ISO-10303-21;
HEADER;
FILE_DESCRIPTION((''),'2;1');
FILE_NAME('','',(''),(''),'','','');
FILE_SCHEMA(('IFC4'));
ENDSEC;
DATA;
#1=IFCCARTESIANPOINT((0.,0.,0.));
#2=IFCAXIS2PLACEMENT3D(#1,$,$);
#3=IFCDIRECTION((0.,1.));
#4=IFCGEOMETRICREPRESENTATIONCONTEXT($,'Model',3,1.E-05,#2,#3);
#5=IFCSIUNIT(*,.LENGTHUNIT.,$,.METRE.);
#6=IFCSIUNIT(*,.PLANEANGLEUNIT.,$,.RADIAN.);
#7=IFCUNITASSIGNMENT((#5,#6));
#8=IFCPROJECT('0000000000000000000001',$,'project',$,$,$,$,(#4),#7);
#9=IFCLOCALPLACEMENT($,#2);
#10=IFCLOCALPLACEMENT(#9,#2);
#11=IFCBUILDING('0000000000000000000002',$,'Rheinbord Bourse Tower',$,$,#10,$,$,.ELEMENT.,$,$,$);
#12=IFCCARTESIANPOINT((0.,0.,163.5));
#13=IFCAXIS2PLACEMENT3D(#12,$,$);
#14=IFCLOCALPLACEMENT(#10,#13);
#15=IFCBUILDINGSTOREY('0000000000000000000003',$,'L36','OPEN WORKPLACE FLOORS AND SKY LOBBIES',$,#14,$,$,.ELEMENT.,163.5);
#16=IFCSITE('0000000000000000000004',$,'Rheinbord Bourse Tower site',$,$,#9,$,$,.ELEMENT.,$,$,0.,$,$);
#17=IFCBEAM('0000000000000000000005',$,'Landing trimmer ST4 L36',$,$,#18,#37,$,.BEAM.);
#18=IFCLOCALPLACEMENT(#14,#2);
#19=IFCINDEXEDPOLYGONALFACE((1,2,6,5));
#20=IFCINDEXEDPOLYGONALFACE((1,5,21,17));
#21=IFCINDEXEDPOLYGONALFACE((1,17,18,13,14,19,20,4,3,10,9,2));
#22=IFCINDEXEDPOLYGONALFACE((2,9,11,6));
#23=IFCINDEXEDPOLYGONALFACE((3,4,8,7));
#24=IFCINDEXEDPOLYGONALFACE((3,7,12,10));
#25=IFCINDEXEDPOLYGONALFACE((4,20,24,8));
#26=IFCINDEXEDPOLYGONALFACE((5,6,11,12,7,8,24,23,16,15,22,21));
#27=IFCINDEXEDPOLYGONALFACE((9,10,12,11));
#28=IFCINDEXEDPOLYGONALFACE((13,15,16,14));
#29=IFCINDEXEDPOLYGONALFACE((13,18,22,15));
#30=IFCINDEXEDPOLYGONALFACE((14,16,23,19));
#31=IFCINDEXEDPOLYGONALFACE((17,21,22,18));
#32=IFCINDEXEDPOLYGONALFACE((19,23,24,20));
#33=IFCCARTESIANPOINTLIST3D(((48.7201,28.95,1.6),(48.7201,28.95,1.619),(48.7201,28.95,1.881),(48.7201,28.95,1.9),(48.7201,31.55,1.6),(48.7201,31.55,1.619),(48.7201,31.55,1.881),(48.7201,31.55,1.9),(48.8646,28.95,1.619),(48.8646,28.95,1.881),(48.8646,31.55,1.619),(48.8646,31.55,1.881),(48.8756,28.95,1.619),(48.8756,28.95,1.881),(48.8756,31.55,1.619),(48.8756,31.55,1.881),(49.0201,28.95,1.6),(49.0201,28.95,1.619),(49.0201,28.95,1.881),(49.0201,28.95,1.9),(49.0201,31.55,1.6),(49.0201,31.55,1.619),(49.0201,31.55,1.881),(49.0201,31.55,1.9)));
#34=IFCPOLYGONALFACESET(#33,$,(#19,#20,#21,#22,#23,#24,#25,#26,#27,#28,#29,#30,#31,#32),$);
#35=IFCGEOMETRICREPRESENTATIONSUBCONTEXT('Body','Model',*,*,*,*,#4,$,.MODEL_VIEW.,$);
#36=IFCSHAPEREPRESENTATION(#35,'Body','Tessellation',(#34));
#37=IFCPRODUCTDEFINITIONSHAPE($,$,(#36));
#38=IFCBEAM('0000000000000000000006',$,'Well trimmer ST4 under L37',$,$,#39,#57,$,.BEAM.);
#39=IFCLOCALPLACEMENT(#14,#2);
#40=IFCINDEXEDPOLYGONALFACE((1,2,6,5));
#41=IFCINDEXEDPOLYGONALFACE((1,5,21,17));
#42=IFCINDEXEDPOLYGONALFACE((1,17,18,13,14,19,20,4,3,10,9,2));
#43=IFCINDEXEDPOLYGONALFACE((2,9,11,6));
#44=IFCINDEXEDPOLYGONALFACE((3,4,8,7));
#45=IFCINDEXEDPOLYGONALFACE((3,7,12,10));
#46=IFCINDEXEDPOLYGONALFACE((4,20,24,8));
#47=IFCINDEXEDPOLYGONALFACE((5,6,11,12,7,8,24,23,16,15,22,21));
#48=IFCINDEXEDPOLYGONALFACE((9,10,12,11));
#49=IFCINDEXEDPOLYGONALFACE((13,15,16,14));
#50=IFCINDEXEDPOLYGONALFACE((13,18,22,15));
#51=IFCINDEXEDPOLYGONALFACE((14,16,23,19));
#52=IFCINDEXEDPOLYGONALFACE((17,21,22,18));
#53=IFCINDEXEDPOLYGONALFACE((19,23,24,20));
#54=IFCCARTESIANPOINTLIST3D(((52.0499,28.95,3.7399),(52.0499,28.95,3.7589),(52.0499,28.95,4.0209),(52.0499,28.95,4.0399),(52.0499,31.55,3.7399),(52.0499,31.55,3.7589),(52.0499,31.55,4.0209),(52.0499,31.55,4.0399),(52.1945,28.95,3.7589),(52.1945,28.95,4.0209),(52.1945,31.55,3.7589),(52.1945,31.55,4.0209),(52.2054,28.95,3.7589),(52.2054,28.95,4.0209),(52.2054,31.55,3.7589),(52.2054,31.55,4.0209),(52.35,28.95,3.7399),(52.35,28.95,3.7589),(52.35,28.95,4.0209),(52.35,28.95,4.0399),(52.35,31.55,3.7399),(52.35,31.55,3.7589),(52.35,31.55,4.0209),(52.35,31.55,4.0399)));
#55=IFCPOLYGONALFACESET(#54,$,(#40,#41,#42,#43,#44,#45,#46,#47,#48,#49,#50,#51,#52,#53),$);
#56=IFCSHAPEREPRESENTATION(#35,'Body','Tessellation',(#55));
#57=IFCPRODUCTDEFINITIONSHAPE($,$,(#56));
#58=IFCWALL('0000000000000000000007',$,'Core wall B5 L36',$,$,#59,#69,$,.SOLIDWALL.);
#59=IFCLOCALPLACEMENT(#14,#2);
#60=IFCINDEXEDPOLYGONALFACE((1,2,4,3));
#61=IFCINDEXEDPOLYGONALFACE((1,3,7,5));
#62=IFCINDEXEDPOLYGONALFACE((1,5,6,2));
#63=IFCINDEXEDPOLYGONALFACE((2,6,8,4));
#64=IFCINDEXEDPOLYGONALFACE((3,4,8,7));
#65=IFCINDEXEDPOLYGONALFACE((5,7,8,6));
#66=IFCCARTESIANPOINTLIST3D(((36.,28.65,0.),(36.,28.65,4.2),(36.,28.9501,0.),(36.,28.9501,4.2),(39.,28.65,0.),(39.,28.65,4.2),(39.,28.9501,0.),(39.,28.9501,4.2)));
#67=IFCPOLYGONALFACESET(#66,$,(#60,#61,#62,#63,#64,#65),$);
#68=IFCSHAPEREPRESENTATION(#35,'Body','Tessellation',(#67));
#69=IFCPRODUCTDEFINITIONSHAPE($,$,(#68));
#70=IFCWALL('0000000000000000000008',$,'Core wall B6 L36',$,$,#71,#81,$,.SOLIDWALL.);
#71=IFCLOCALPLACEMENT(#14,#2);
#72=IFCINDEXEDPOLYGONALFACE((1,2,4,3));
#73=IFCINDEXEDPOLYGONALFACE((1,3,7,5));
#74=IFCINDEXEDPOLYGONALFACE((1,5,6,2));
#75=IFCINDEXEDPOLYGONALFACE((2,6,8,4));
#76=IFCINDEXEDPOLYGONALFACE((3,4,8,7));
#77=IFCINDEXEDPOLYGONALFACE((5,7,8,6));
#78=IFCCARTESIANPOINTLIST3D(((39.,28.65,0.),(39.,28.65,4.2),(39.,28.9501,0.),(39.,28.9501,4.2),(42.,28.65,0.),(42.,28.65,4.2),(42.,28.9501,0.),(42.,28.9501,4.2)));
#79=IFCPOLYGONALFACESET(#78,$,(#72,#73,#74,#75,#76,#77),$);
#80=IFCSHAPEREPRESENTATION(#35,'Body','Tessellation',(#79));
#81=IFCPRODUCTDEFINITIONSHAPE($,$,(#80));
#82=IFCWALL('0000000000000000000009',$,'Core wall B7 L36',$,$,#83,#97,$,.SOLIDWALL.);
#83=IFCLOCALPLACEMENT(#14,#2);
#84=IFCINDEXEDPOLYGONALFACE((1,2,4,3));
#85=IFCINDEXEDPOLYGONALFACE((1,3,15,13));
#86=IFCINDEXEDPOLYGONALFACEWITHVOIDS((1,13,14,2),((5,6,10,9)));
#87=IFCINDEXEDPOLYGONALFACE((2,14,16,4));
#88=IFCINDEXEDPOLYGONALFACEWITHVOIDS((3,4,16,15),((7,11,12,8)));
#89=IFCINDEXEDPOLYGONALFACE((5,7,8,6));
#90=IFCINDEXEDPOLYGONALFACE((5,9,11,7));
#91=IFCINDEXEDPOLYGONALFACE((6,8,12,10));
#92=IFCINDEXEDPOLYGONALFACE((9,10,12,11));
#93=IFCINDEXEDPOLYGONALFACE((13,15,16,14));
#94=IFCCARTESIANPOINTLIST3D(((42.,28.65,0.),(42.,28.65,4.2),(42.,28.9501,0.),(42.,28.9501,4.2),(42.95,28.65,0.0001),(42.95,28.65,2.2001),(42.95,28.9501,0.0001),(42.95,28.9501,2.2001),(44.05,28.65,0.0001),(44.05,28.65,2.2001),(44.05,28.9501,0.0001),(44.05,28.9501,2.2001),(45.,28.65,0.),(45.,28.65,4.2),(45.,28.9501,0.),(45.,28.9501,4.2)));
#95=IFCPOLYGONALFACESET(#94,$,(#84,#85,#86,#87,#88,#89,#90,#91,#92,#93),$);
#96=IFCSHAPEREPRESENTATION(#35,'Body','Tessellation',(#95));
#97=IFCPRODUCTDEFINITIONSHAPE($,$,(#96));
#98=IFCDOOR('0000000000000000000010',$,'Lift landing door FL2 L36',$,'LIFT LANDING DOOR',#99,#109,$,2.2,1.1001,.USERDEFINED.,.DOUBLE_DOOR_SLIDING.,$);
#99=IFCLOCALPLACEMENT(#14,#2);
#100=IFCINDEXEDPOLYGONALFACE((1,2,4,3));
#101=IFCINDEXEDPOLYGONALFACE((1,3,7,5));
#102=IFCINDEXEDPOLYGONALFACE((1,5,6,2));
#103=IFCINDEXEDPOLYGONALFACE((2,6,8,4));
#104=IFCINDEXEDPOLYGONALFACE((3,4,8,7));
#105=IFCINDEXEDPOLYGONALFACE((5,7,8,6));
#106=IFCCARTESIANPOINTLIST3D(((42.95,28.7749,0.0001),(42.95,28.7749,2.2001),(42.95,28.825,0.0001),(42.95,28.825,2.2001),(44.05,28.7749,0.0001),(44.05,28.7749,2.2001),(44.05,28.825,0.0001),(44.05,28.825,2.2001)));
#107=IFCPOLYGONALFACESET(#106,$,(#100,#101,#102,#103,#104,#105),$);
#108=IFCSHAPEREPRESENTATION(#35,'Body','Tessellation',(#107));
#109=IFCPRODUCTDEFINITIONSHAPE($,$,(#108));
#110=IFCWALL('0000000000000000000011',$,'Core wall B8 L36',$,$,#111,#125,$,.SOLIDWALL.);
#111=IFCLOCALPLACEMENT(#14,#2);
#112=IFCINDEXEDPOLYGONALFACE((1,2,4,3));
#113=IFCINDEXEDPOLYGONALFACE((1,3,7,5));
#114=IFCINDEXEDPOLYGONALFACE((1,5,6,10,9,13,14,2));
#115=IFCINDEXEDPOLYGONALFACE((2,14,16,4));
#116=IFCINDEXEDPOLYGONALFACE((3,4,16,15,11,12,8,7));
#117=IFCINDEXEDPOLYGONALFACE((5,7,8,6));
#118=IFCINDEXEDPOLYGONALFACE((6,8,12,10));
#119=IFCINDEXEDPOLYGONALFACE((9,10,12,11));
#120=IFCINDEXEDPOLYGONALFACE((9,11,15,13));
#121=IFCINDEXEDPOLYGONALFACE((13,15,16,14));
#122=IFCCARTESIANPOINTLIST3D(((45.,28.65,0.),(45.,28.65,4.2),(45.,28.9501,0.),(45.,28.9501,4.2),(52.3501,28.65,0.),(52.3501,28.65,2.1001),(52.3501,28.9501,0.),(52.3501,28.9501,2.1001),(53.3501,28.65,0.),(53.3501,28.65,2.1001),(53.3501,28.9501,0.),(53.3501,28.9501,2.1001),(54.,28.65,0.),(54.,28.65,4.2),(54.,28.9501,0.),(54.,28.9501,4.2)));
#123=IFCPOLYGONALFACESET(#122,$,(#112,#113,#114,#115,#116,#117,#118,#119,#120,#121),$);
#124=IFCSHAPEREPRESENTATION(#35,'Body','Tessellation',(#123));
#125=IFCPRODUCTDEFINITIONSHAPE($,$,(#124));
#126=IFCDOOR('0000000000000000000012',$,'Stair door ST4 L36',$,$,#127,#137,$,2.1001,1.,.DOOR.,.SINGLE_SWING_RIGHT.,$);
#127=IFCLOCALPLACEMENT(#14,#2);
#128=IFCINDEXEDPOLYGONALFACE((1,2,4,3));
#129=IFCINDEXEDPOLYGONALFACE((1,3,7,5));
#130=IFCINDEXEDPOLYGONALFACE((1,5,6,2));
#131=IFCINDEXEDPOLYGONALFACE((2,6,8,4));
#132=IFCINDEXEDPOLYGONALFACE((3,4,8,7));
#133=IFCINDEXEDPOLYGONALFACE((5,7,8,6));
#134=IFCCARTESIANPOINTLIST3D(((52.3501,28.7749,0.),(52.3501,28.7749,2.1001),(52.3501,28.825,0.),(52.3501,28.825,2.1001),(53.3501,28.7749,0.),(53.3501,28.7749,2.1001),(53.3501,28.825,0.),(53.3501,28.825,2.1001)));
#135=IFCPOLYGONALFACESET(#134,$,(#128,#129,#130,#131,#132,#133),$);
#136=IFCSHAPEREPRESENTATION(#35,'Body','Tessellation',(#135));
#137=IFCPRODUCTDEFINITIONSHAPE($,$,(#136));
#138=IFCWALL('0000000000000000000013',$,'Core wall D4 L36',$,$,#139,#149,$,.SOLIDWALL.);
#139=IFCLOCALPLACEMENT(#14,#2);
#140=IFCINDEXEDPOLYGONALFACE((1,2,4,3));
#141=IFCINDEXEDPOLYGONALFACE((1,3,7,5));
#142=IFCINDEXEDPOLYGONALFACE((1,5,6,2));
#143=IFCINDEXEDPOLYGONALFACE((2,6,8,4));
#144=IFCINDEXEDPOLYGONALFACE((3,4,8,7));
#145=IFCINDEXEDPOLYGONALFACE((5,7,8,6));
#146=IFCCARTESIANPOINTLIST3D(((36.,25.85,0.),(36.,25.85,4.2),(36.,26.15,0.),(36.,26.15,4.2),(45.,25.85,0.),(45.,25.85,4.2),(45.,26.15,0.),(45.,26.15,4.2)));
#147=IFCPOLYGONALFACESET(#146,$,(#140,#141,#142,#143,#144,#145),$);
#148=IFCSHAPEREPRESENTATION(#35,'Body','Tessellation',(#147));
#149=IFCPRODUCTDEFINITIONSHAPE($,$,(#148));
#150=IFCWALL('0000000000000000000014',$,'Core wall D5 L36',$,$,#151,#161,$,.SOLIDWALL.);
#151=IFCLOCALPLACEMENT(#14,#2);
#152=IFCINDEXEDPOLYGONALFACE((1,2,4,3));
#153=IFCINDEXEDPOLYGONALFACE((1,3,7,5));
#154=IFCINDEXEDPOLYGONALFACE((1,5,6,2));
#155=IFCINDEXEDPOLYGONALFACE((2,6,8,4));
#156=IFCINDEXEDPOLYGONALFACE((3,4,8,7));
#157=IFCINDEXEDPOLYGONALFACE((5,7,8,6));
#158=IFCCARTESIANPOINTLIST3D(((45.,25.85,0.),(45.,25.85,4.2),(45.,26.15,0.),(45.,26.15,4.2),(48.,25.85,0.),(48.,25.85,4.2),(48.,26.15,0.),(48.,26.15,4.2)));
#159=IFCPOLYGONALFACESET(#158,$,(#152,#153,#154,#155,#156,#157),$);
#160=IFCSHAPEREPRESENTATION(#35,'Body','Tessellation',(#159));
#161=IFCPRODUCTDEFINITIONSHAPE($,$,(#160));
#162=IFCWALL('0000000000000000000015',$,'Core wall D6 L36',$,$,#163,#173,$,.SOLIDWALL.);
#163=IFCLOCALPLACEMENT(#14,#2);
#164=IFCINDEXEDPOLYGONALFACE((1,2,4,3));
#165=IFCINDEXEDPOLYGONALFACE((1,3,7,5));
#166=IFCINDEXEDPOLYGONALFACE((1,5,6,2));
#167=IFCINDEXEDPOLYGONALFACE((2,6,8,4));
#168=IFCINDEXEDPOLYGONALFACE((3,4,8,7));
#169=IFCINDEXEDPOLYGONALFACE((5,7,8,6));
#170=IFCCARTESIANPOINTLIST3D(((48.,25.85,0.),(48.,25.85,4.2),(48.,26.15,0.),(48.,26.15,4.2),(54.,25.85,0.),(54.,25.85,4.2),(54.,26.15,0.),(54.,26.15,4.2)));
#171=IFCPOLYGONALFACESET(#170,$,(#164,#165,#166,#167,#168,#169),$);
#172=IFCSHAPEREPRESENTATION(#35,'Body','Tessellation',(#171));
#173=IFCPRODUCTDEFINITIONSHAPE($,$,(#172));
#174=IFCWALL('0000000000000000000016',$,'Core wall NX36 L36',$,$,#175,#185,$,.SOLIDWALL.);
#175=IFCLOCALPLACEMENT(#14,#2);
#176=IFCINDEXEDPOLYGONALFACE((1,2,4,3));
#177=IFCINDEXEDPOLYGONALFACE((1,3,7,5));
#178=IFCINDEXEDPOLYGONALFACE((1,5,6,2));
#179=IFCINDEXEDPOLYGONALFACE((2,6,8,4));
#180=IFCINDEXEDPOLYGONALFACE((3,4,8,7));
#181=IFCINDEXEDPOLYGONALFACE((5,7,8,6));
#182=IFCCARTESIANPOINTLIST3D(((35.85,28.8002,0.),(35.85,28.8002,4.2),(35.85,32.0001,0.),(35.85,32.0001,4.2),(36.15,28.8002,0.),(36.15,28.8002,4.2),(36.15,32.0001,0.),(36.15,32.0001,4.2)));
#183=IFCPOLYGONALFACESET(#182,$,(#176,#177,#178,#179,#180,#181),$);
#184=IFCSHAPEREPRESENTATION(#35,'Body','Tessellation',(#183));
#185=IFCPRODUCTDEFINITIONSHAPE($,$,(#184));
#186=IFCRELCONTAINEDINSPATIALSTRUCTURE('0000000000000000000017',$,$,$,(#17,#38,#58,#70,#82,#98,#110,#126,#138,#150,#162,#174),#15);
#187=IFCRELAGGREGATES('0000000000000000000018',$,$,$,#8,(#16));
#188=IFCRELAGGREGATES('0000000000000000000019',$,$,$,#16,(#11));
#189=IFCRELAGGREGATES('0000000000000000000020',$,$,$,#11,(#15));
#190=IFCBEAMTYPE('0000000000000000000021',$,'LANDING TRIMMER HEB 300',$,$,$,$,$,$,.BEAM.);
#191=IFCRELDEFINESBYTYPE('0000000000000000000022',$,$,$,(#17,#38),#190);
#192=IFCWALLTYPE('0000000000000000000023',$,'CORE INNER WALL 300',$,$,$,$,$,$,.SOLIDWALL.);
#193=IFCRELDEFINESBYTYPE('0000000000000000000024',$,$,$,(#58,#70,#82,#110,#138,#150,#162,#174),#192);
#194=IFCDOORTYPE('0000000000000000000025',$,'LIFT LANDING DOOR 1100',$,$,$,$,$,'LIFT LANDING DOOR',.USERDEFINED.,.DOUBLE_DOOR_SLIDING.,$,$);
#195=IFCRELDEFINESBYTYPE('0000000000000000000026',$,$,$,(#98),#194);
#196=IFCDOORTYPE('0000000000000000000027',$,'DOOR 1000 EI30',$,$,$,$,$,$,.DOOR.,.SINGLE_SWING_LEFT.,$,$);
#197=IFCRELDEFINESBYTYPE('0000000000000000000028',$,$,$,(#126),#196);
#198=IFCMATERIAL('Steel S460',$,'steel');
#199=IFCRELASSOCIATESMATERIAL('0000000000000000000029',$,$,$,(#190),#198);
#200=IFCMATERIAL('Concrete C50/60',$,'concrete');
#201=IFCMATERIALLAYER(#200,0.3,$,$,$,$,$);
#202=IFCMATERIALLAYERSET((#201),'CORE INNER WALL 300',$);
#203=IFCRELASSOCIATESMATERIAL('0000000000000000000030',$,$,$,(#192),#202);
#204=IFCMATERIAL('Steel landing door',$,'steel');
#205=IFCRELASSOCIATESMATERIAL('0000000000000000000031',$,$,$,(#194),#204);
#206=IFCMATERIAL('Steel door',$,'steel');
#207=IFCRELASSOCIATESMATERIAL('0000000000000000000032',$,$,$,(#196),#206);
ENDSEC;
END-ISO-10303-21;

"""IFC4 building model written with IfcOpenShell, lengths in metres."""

from ifc_helpers import new_model, si_unit, direction, frame, frame_2d, origin, origin_2d, place, context, subcontext, project, spatial, rectangle, i_section, extrude, material, layer, layer_set, material_profile, profile_set, type_object, element, fill, save


model = new_model("IFC4")

# Units and contexts
model_context = context("Model", 3, precision=1e-05, world=origin(), true_north=direction((0.0, 1.0)))
body_context = subcontext(model_context, "Body", "Model", "MODEL_VIEW")
ifc_project = project(units=[si_unit("LENGTHUNIT", "METRE"), si_unit("PLANEANGLEUNIT", "RADIAN")], contexts=[model_context])

# Site, building, storey
site_placement = place(None, origin())
site = spatial("IfcSite", under=ifc_project, at=site_placement, Name="Rheinbord Bourse Tower site", CompositionType="ELEMENT", RefElevation=0.0)
building_placement = place(site_placement, origin())
building = spatial("IfcBuilding", under=site, at=building_placement, Name="Rheinbord Bourse Tower", CompositionType="ELEMENT")
storey_placement = place(building_placement, frame((0.0, 0.0, 163.5)))
storey = spatial("IfcBuildingStorey", under=building, at=storey_placement, Name="L36", Description="OPEN WORKPLACE FLOORS AND SKY LOBBIES", CompositionType="ELEMENT", Elevation=163.5)

# Beams
ifc_material_1 = material(Name="Steel S460", Category="steel")
ifc_material_profile = material_profile(ifc_material_1, i_section(OverallWidth=0.3, OverallDepth=0.3, WebThickness=0.011, FlangeThickness=0.019, at=origin_2d()), Name="HEB 300")
ifc_profile_set = profile_set([ifc_material_profile], Name="Steel S460")
beam_type = type_object("IfcBeamType", Name="LANDING TRIMMER HEB 300", PredefinedType="BEAM", material=ifc_profile_set)
for number, where, z_axis, x_axis, name in (
    (1, (48.8701, 28.95, 1.75), (0.0, 1.0, 0.0), (-1.0, 0.0, 0.0), "Landing trimmer ST4 L36"),
    (2, (52.2, 28.95, 3.8899), (0.0, 1.0, 0.0), (-1.0, 0.0, 0.0), "Well trimmer ST4 under L37"),
):
    element("IfcBeam", number, at=place(storey_placement, frame(where, z_axis=z_axis, x_axis=x_axis)), inside=storey, type_object=beam_type, Name=name, PredefinedType="BEAM", context=body_context, shape_type="SweptSolid", body=[
        extrude(i_section(OverallWidth=0.3, OverallDepth=0.3, WebThickness=0.011, FlangeThickness=0.019, at=origin_2d()), origin(), (0.0, 0.0, 1.0), 2.6001),
    ])

# Walls
ifc_material_2 = material(Name="Concrete C50/60", Category="concrete")
ifc_layer_1 = layer(ifc_material_2, 0.3)
ifc_layer_set_1 = layer_set([ifc_layer_1], Name="CORE INNER WALL 300")
wall_type_1 = type_object("IfcWallType", Name="CORE INNER WALL 300", PredefinedType="SOLIDWALL", material=ifc_layer_set_1)
for number, where, z_axis, x_axis, name in (
    (3, (36.0, 28.8, 0.0), (0.0, 0.0, 1.0), (1.0, 0.0, 0.0), "Core wall B5 L36"),
    (4, (39.0, 28.8, 0.0), (0.0, 0.0, 1.0), (1.0, 0.0, 0.0), "Core wall B6 L36"),
):
    element("IfcWall", number, at=place(storey_placement, frame(where, z_axis=z_axis, x_axis=x_axis)), inside=storey, type_object=wall_type_1, Name=name, PredefinedType="SOLIDWALL", context=body_context, shape_type="SweptSolid", body=[
        extrude(rectangle(XDim=3.0, YDim=0.3, at=frame_2d((1.5, 0.0))), origin(), (0.0, 0.0, 1.0), 4.2),
    ])

# Walls, openings, doors
wall_1_placement = place(storey_placement, frame((42.0, 28.8, 0.0), z_axis=(0.0, 0.0, 1.0), x_axis=(1.0, 0.0, 0.0)))
wall_1 = element("IfcWall", 5, at=wall_1_placement, inside=storey, type_object=wall_type_1, Name="Core wall B7 L36", PredefinedType="SOLIDWALL", context=body_context, shape_type="SweptSolid", body=[
    extrude(rectangle(XDim=3.0, YDim=0.3, at=frame_2d((1.5, 0.0))), origin(), (0.0, 0.0, 1.0), 4.2),
])
opening_1_placement = place(wall_1_placement, frame((0.95, 0.0, 0.0)))
opening_1 = element("IfcOpeningElement", 6, at=opening_1_placement, cuts=wall_1, PredefinedType="OPENING", context=body_context, shape_type="SweptSolid", body=[
    extrude(rectangle(XDim=1.1001, YDim=2.2, at=frame_2d((0.55, 1.1001))), frame((0.0, 0.1599, 0.0), z_axis=(0.0, -1.0, 0.0), x_axis=(1.0, 0.0, 0.0)), (0.0, 0.0, 1.0), 0.3201),
])
ifc_material_3 = material(Name="Steel landing door", Category="steel")
door_type_1 = type_object("IfcDoorType", Name="LIFT LANDING DOOR 1100", ElementType="LIFT LANDING DOOR", OperationType="DOUBLE_DOOR_SLIDING", PredefinedType="USERDEFINED", material=ifc_material_3)
door_1_placement = place(opening_1_placement, origin())
door_1 = element("IfcDoor", 7, at=door_1_placement, inside=storey, type_object=door_type_1, Name="Lift landing door FL2 L36", ObjectType="LIFT LANDING DOOR", OperationType="DOUBLE_DOOR_SLIDING", OverallHeight=2.2, OverallWidth=1.1001, PredefinedType="USERDEFINED", context=body_context, shape_type="SweptSolid", body=[
    extrude(rectangle(XDim=1.1001, YDim=2.2, at=frame_2d((0.55, 1.1001))), frame((0.0, 0.0249, 0.0), z_axis=(0.0, -1.0, 0.0), x_axis=(1.0, 0.0, 0.0)), (0.0, 0.0, 1.0), 0.05),
])
fill(opening_1, door_1)
wall_2_placement = place(storey_placement, frame((45.0, 28.8, 0.0), z_axis=(0.0, 0.0, 1.0), x_axis=(1.0, 0.0, 0.0)))
wall_2 = element("IfcWall", 8, at=wall_2_placement, inside=storey, type_object=wall_type_1, Name="Core wall B8 L36", PredefinedType="SOLIDWALL", context=body_context, shape_type="SweptSolid", body=[
    extrude(rectangle(XDim=9.0, YDim=0.3, at=frame_2d((4.5, 0.0))), origin(), (0.0, 0.0, 1.0), 4.2),
])
opening_2_placement = place(wall_2_placement, frame((7.3501, 0.0, 0.0)))
opening_2 = element("IfcOpeningElement", 9, at=opening_2_placement, cuts=wall_2, PredefinedType="OPENING", context=body_context, shape_type="SweptSolid", body=[
    extrude(rectangle(XDim=1.0, YDim=2.1001, at=frame_2d((0.5, 1.05))), frame((0.0, 0.1599, 0.0), z_axis=(0.0, -1.0, 0.0), x_axis=(1.0, 0.0, 0.0)), (0.0, 0.0, 1.0), 0.3201),
])
ifc_material_4 = material(Name="Steel door", Category="steel")
door_type_2 = type_object("IfcDoorType", Name="DOOR 1000 EI30", OperationType="SINGLE_SWING_LEFT", PredefinedType="DOOR", material=ifc_material_4)
door_2_placement = place(opening_2_placement, origin())
door_2 = element("IfcDoor", 10, at=door_2_placement, inside=storey, type_object=door_type_2, Name="Stair door ST4 L36", OperationType="SINGLE_SWING_RIGHT", OverallHeight=2.1001, OverallWidth=1.0, PredefinedType="DOOR", context=body_context, shape_type="SweptSolid", body=[
    extrude(rectangle(XDim=1.0, YDim=2.1001, at=frame_2d((0.5, 1.05))), frame((0.0, 0.0249, 0.0), z_axis=(0.0, -1.0, 0.0), x_axis=(1.0, 0.0, 0.0)), (0.0, 0.0, 1.0), 0.05),
])
fill(opening_2, door_2)

# Walls
wall_3_placement = place(storey_placement, frame((36.0, 26.0, 0.0), z_axis=(0.0, 0.0, 1.0), x_axis=(1.0, 0.0, 0.0)))
element("IfcWall", 11, at=wall_3_placement, inside=storey, type_object=wall_type_1, Name="Core wall D4 L36", PredefinedType="SOLIDWALL", context=body_context, shape_type="SweptSolid", body=[
    extrude(rectangle(XDim=9.0, YDim=0.3, at=frame_2d((4.5, 0.0))), origin(), (0.0, 0.0, 1.0), 4.2),
])
wall_4_placement = place(storey_placement, frame((45.0, 26.0, 0.0), z_axis=(0.0, 0.0, 1.0), x_axis=(1.0, 0.0, 0.0)))
element("IfcWall", 12, at=wall_4_placement, inside=storey, type_object=wall_type_1, Name="Core wall D5 L36", PredefinedType="SOLIDWALL", context=body_context, shape_type="SweptSolid", body=[
    extrude(rectangle(XDim=3.0, YDim=0.3, at=frame_2d((1.5, 0.0))), origin(), (0.0, 0.0, 1.0), 4.2),
])
wall_5_placement = place(storey_placement, frame((48.0, 26.0, 0.0), z_axis=(0.0, 0.0, 1.0), x_axis=(1.0, 0.0, 0.0)))
element("IfcWall", 13, at=wall_5_placement, inside=storey, type_object=wall_type_1, Name="Core wall D6 L36", PredefinedType="SOLIDWALL", context=body_context, shape_type="SweptSolid", body=[
    extrude(rectangle(XDim=6.0, YDim=0.3, at=frame_2d((3.0, 0.0))), origin(), (0.0, 0.0, 1.0), 4.2),
])
for number, where, z_axis, x_axis, name in (
    (14, (36.0, 28.8, 0.0), (0.0, 0.0, 1.0), (0.0, 1.0, 0.0), "Core wall NX36 L36"),
):
    element("IfcWall", number, at=place(storey_placement, frame(where, z_axis=z_axis, x_axis=x_axis)), inside=storey, type_object=wall_type_1, Name=name, PredefinedType="SOLIDWALL", context=body_context, shape_type="SweptSolid", body=[
        extrude(rectangle(XDim=3.2, YDim=0.3, at=frame_2d((1.6001, 0.0))), origin(), (0.0, 0.0, 1.0), 4.2),
    ])

save(model, "model.ifc")
